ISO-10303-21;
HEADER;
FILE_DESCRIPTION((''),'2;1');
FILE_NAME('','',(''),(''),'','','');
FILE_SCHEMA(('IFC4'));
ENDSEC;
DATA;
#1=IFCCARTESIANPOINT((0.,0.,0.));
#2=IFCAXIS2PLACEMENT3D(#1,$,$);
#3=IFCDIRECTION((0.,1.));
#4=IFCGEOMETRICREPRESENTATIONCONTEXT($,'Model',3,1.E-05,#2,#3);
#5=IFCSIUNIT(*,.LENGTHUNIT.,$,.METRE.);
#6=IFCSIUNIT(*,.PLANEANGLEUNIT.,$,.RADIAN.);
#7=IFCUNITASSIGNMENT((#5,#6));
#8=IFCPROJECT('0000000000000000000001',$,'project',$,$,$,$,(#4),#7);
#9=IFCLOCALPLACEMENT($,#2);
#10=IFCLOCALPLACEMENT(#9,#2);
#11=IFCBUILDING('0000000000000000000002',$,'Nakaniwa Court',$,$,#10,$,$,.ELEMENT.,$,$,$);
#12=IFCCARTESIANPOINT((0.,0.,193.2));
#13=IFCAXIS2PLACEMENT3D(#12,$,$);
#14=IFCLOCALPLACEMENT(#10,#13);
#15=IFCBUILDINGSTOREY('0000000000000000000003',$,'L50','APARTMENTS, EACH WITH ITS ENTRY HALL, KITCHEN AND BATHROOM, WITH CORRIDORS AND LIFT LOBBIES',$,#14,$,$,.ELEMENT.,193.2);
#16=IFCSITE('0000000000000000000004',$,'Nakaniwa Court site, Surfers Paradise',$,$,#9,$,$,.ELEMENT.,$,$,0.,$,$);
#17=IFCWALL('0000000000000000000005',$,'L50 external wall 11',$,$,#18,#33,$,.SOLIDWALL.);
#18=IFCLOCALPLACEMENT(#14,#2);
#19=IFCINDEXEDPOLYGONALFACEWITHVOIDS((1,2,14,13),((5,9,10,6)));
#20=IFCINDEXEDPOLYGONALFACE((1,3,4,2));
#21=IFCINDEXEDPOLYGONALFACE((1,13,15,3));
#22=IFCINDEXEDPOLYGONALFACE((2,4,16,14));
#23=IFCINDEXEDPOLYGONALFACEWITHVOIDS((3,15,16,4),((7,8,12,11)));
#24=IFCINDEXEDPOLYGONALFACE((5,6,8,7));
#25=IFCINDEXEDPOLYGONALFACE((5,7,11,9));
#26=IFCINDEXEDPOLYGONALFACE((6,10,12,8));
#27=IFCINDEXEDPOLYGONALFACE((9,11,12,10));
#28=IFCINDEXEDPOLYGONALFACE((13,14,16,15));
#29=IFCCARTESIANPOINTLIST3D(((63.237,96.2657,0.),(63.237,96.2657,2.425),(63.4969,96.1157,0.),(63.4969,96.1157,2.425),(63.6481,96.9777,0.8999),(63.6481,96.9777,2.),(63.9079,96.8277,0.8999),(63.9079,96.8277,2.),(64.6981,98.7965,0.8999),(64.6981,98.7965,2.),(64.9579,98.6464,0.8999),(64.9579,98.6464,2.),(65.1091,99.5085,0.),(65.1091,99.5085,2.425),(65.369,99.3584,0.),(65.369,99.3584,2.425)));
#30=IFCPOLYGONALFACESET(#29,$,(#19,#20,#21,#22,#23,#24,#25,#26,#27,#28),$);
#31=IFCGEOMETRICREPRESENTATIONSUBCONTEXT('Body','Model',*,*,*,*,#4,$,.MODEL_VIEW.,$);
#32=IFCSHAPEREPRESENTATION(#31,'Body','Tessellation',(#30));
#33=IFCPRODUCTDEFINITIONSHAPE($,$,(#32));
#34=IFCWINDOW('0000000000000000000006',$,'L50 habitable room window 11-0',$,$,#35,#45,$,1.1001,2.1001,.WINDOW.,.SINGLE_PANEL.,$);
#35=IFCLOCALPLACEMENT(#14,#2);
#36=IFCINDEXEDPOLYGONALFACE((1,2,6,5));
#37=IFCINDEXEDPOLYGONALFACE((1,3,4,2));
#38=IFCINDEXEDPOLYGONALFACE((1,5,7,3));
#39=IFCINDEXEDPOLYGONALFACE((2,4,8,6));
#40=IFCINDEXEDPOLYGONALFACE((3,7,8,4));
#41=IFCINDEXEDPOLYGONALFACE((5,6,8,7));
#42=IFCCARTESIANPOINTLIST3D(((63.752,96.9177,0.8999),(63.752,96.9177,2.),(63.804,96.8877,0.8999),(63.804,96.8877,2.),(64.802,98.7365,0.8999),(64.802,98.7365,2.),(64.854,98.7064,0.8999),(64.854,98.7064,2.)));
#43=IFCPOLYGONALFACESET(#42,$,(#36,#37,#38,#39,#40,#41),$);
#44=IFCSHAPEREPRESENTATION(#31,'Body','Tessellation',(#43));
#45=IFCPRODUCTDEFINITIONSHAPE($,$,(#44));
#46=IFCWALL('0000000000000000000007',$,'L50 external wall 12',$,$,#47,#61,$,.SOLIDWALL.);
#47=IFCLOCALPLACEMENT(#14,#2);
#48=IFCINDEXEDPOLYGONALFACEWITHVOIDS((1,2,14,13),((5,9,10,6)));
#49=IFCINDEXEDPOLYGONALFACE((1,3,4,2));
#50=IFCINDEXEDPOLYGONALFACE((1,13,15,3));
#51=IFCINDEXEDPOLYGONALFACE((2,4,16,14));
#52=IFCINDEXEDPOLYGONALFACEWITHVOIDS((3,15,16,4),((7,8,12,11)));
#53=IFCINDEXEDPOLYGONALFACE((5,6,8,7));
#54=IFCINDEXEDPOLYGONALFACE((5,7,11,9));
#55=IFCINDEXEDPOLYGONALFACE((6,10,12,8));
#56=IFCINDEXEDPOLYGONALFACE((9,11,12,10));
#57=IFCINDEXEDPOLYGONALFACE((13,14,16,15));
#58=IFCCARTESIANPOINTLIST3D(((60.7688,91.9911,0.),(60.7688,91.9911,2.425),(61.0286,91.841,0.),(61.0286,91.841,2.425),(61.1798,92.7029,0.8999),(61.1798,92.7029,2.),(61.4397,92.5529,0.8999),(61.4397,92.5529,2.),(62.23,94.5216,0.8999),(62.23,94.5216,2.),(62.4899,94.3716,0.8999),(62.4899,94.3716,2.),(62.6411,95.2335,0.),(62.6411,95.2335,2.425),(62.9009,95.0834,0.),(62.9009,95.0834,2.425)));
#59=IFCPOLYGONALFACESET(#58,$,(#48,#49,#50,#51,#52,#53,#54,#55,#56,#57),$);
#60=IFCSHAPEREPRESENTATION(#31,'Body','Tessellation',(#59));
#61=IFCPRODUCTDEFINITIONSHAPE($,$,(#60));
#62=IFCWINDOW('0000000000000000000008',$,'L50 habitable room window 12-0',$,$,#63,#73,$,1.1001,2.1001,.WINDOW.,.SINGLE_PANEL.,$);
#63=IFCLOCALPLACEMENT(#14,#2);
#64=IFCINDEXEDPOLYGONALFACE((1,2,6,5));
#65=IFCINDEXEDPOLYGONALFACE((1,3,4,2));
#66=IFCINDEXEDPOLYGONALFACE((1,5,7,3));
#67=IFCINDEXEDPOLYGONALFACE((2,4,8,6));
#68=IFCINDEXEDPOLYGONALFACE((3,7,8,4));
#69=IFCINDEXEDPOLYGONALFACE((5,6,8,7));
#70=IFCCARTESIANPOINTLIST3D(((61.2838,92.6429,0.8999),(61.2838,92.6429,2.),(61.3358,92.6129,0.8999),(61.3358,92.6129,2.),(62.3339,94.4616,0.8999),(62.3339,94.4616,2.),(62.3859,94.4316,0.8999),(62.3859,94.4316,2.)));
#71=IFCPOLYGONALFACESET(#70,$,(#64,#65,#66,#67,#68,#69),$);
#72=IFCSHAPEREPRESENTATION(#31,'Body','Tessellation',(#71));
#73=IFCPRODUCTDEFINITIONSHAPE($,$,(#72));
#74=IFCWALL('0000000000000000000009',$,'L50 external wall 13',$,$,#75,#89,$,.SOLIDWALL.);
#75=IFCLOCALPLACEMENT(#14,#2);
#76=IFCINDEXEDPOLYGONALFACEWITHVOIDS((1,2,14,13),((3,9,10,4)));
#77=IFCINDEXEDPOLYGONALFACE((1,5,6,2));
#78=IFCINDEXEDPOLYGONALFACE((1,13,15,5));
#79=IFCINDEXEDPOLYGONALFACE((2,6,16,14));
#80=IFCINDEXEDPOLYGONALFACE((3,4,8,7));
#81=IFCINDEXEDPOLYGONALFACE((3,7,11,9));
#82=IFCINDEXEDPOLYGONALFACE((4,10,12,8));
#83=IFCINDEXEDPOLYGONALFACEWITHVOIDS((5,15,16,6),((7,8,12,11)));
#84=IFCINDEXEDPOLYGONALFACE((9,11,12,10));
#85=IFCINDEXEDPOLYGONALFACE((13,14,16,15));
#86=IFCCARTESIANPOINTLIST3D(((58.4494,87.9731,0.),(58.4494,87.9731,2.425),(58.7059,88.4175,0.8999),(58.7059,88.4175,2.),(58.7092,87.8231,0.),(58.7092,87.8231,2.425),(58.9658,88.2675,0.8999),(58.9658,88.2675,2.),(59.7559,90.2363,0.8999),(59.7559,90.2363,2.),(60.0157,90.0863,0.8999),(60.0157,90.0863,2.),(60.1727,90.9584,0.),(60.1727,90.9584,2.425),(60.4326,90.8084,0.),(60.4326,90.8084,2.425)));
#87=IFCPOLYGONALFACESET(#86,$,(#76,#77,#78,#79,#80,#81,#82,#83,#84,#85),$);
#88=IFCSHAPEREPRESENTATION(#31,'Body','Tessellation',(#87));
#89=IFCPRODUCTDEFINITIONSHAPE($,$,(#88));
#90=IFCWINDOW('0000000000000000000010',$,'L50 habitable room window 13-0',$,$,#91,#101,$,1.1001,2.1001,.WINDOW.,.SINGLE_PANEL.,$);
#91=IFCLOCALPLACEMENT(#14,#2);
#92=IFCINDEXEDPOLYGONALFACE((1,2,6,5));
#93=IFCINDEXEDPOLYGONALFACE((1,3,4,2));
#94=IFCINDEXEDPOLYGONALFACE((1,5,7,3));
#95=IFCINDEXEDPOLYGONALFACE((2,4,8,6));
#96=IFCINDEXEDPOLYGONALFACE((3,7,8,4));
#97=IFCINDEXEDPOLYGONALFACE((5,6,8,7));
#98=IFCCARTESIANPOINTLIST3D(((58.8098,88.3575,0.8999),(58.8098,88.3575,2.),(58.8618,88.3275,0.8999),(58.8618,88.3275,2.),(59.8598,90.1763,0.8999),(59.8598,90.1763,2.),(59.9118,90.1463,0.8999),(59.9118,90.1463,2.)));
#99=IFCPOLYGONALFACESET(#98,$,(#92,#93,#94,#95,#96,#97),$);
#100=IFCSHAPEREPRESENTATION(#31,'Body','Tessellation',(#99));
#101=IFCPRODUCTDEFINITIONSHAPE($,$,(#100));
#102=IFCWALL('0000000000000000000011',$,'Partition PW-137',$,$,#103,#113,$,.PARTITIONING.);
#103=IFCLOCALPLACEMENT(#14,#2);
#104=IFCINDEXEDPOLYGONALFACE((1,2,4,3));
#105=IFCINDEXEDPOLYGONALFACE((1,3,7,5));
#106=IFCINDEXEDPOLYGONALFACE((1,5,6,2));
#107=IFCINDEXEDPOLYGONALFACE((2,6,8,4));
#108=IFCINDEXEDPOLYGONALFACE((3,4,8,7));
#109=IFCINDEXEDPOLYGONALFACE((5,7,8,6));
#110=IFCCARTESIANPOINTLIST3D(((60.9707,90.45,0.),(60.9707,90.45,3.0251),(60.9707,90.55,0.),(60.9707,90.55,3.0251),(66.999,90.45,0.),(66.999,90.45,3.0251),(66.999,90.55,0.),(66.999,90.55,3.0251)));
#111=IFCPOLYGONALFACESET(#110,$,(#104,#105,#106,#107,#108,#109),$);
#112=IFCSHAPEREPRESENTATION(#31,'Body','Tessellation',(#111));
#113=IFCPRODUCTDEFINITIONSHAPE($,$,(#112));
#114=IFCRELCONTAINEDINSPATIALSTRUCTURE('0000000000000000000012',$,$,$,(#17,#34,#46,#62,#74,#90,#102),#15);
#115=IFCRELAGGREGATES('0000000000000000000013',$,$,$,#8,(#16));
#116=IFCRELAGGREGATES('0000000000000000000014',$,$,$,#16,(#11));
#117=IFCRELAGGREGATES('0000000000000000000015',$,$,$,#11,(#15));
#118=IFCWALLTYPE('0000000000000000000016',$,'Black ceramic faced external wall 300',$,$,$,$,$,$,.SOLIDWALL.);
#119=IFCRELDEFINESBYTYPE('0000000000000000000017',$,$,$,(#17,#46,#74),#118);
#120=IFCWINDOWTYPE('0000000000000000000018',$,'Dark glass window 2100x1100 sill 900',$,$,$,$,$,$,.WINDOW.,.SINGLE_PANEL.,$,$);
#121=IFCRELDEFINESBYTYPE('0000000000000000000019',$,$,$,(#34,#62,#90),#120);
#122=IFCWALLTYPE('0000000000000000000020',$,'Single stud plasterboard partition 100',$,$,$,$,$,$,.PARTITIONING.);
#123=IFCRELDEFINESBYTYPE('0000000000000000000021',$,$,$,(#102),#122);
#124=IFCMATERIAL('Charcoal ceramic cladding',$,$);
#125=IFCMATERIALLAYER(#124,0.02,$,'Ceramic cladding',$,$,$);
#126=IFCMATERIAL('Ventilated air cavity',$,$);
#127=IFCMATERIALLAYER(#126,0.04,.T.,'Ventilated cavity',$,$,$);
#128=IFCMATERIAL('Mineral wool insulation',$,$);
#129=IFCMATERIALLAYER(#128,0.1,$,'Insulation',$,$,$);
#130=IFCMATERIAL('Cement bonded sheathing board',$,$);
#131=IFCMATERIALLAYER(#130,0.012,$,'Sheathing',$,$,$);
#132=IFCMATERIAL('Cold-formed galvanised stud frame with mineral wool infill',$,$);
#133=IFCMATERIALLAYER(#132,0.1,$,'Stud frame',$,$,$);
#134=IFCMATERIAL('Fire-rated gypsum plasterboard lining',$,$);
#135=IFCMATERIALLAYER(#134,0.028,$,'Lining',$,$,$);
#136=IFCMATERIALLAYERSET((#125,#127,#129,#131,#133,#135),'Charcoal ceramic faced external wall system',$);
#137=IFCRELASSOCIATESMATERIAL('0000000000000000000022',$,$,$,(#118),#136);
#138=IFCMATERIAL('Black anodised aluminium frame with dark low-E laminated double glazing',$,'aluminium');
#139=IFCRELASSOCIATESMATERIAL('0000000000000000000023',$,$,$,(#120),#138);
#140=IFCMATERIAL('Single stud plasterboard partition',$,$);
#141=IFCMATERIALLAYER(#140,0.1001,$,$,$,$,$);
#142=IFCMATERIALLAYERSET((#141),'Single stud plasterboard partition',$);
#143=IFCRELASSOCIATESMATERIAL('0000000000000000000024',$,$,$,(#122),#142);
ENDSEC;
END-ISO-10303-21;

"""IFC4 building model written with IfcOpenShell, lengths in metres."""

from ifc_helpers import new_model, si_unit, direction, frame, frame_2d, origin, place, context, subcontext, project, spatial, rectangle, extrude, material, layer, layer_set, type_object, element, fill, save


model = new_model("IFC4")

# Units and contexts
model_context = context("Model", 3, precision=1e-05, world=origin(), true_north=direction((0.0, 1.0)))
body_context = subcontext(model_context, "Body", "Model", "MODEL_VIEW")
ifc_project = project(units=[si_unit("LENGTHUNIT", "METRE"), si_unit("PLANEANGLEUNIT", "RADIAN")], contexts=[model_context])

# Site, building, storey
site_placement = place(None, origin())
site = spatial("IfcSite", under=ifc_project, at=site_placement, Name="Nakaniwa Court site, Surfers Paradise", CompositionType="ELEMENT", RefElevation=0.0)
building_placement = place(site_placement, origin())
building = spatial("IfcBuilding", under=site, at=building_placement, Name="Nakaniwa Court", CompositionType="ELEMENT")
storey_placement = place(building_placement, frame((0.0, 0.0, 193.2)))
storey = spatial("IfcBuildingStorey", under=building, at=storey_placement, Name="L50", Description="APARTMENTS, EACH WITH ITS ENTRY HALL, KITCHEN AND BATHROOM, WITH CORRIDORS AND LIFT LOBBIES", CompositionType="ELEMENT", Elevation=193.2)

# Walls, openings, windows
ifc_material_1 = material(Name="Charcoal ceramic cladding")
ifc_layer_1 = layer(ifc_material_1, 0.02, Name="Ceramic cladding")
ifc_material_2 = material(Name="Ventilated air cavity")
ifc_layer_2 = layer(ifc_material_2, 0.04, ventilated=True, Name="Ventilated cavity")
ifc_material_3 = material(Name="Mineral wool insulation")
ifc_layer_3 = layer(ifc_material_3, 0.1, Name="Insulation")
ifc_material_4 = material(Name="Cement bonded sheathing board")
ifc_layer_4 = layer(ifc_material_4, 0.012, Name="Sheathing")
ifc_material_5 = material(Name="Cold-formed galvanised stud frame with mineral wool infill")
ifc_layer_5 = layer(ifc_material_5, 0.1, Name="Stud frame")
ifc_material_6 = material(Name="Fire-rated gypsum plasterboard lining")
ifc_layer_6 = layer(ifc_material_6, 0.028, Name="Lining")
ifc_layer_set_1 = layer_set([ifc_layer_1, ifc_layer_2, ifc_layer_3, ifc_layer_4, ifc_layer_5, ifc_layer_6], Name="Charcoal ceramic faced external wall system")
wall_type_1 = type_object("IfcWallType", Name="Black ceramic faced external wall 300", PredefinedType="SOLIDWALL", material=ifc_layer_set_1)
ifc_material_7 = material(Name="Black anodised aluminium frame with dark low-E laminated double glazing", Category="aluminium")
wall_1_placement = place(storey_placement, frame((65.239, 99.4333, 0.0), z_axis=(0.0, 0.0, 1.0), x_axis=(-0.499982, -0.866036, 0.0)))
wall_1 = element("IfcWall", 1, at=wall_1_placement, inside=storey, type_object=wall_type_1, Name="L50 external wall 11", PredefinedType="SOLIDWALL", context=body_context, shape_type="SweptSolid", body=[
    extrude(rectangle(XDim=3.7444, YDim=0.3, at=frame_2d((1.8721, 0.0))), origin(), (0.0, 0.0, 1.0), 2.425),
])
opening_1_placement = place(wall_1_placement, frame((0.822, 0.0, 0.8999)))
opening_1 = element("IfcOpeningElement", 2, at=opening_1_placement, cuts=wall_1, PredefinedType="OPENING", context=body_context, shape_type="SweptSolid", body=[
    extrude(rectangle(XDim=2.1001, YDim=1.1001, at=frame_2d((1.05, 0.55))), frame((0.0, 0.1599, 0.0), z_axis=(0.0, -1.0, 0.0), x_axis=(1.0, 0.0, 0.0)), (0.0, 0.0, 1.0), 0.3201),
])
window_type_1 = type_object("IfcWindowType", Name="Dark glass window 2100x1100 sill 900", PartitioningType="SINGLE_PANEL", PredefinedType="WINDOW", material=ifc_material_7)
window_1_placement = place(opening_1_placement, origin())
window_1 = element("IfcWindow", 3, at=window_1_placement, inside=storey, type_object=window_type_1, Name="L50 habitable room window 11-0", OverallHeight=1.1001, OverallWidth=2.1001, PartitioningType="SINGLE_PANEL", PredefinedType="WINDOW", context=body_context, shape_type="SweptSolid", body=[
    extrude(rectangle(XDim=2.1001, YDim=1.1001, at=frame_2d((1.05, 0.55))), frame((0.0, 0.03, 0.0), z_axis=(0.0, -1.0, 0.0), x_axis=(1.0, 0.0, 0.0)), (0.0, 0.0, 1.0), 0.0601),
])
fill(opening_1, window_1)
wall_2_placement = place(storey_placement, frame((62.771, 95.1584, 0.0), z_axis=(0.0, 0.0, 1.0), x_axis=(-0.500059, -0.865991, 0.0)))
wall_2 = element("IfcWall", 4, at=wall_2_placement, inside=storey, type_object=wall_type_1, Name="L50 external wall 12", PredefinedType="SOLIDWALL", context=body_context, shape_type="SweptSolid", body=[
    extrude(rectangle(XDim=3.7441, YDim=0.3, at=frame_2d((1.8721, 0.0))), origin(), (0.0, 0.0, 1.0), 2.425),
])
opening_2_placement = place(wall_2_placement, frame((0.822, 0.0, 0.8999)))
opening_2 = element("IfcOpeningElement", 5, at=opening_2_placement, cuts=wall_2, PredefinedType="OPENING", context=body_context, shape_type="SweptSolid", body=[
    extrude(rectangle(XDim=2.1001, YDim=1.1001, at=frame_2d((1.05, 0.55))), frame((0.0, 0.1599, 0.0), z_axis=(0.0, -1.0, 0.0), x_axis=(1.0, 0.0, 0.0)), (0.0, 0.0, 1.0), 0.3201),
])
window_2_placement = place(opening_2_placement, origin())
window_2 = element("IfcWindow", 6, at=window_2_placement, inside=storey, type_object=window_type_1, Name="L50 habitable room window 12-0", OverallHeight=1.1001, OverallWidth=2.1001, PartitioningType="SINGLE_PANEL", PredefinedType="WINDOW", context=body_context, shape_type="SweptSolid", body=[
    extrude(rectangle(XDim=2.1001, YDim=1.1001, at=frame_2d((1.05, 0.55))), frame((0.0, 0.03, 0.0), z_axis=(0.0, -1.0, 0.0), x_axis=(1.0, 0.0, 0.0)), (0.0, 0.0, 1.0), 0.0601),
])
fill(opening_2, window_2)
wall_3_placement = place(storey_placement, frame((60.3027, 90.8835, 0.0), z_axis=(0.0, 0.0, 1.0), x_axis=(-0.499955, -0.866051, 0.0)))
wall_3 = element("IfcWall", 7, at=wall_3_placement, inside=storey, type_object=wall_type_1, Name="L50 external wall 13", PredefinedType="SOLIDWALL", context=body_context, shape_type="SweptSolid", body=[
    extrude(rectangle(XDim=3.447, YDim=0.3, at=frame_2d((1.7236, 0.0))), origin(), (0.0, 0.0, 1.0), 2.425),
])
opening_3_placement = place(wall_3_placement, frame((0.834, 0.0, 0.8999)))
opening_3 = element("IfcOpeningElement", 8, at=opening_3_placement, cuts=wall_3, PredefinedType="OPENING", context=body_context, shape_type="SweptSolid", body=[
    extrude(rectangle(XDim=2.1001, YDim=1.1001, at=frame_2d((1.05, 0.55))), frame((0.0, 0.1599, 0.0), z_axis=(0.0, -1.0, 0.0), x_axis=(1.0, 0.0, 0.0)), (0.0, 0.0, 1.0), 0.3201),
])
window_3_placement = place(opening_3_placement, origin())
window_3 = element("IfcWindow", 9, at=window_3_placement, inside=storey, type_object=window_type_1, Name="L50 habitable room window 13-0", OverallHeight=1.1001, OverallWidth=2.1001, PartitioningType="SINGLE_PANEL", PredefinedType="WINDOW", context=body_context, shape_type="SweptSolid", body=[
    extrude(rectangle(XDim=2.1001, YDim=1.1001, at=frame_2d((1.05, 0.55))), frame((0.0, 0.03, 0.0), z_axis=(0.0, -1.0, 0.0), x_axis=(1.0, 0.0, 0.0)), (0.0, 0.0, 1.0), 0.0601),
])
fill(opening_3, window_3)

# Wall
ifc_material_8 = material(Name="Single stud plasterboard partition")
ifc_layer_7 = layer(ifc_material_8, 0.1001)
ifc_layer_set_2 = layer_set([ifc_layer_7], Name="Single stud plasterboard partition")
wall_type_2 = type_object("IfcWallType", Name="Single stud plasterboard partition 100", PredefinedType="PARTITIONING", material=ifc_layer_set_2)
wall_4_placement = place(storey_placement, frame((60.9707, 90.5, 0.0), z_axis=(0.0, 0.0, 1.0), x_axis=(1.0, 0.0, 0.0)))
element("IfcWall", 10, at=wall_4_placement, inside=storey, type_object=wall_type_2, Name="Partition PW-137", PredefinedType="PARTITIONING", context=body_context, shape_type="SweptSolid", body=[
    extrude(rectangle(XDim=6.0283, YDim=0.1001, at=frame_2d((3.0142, 0.0))), origin(), (0.0, 0.0, 1.0), 3.0251),
])

save(model, "model.ifc")
